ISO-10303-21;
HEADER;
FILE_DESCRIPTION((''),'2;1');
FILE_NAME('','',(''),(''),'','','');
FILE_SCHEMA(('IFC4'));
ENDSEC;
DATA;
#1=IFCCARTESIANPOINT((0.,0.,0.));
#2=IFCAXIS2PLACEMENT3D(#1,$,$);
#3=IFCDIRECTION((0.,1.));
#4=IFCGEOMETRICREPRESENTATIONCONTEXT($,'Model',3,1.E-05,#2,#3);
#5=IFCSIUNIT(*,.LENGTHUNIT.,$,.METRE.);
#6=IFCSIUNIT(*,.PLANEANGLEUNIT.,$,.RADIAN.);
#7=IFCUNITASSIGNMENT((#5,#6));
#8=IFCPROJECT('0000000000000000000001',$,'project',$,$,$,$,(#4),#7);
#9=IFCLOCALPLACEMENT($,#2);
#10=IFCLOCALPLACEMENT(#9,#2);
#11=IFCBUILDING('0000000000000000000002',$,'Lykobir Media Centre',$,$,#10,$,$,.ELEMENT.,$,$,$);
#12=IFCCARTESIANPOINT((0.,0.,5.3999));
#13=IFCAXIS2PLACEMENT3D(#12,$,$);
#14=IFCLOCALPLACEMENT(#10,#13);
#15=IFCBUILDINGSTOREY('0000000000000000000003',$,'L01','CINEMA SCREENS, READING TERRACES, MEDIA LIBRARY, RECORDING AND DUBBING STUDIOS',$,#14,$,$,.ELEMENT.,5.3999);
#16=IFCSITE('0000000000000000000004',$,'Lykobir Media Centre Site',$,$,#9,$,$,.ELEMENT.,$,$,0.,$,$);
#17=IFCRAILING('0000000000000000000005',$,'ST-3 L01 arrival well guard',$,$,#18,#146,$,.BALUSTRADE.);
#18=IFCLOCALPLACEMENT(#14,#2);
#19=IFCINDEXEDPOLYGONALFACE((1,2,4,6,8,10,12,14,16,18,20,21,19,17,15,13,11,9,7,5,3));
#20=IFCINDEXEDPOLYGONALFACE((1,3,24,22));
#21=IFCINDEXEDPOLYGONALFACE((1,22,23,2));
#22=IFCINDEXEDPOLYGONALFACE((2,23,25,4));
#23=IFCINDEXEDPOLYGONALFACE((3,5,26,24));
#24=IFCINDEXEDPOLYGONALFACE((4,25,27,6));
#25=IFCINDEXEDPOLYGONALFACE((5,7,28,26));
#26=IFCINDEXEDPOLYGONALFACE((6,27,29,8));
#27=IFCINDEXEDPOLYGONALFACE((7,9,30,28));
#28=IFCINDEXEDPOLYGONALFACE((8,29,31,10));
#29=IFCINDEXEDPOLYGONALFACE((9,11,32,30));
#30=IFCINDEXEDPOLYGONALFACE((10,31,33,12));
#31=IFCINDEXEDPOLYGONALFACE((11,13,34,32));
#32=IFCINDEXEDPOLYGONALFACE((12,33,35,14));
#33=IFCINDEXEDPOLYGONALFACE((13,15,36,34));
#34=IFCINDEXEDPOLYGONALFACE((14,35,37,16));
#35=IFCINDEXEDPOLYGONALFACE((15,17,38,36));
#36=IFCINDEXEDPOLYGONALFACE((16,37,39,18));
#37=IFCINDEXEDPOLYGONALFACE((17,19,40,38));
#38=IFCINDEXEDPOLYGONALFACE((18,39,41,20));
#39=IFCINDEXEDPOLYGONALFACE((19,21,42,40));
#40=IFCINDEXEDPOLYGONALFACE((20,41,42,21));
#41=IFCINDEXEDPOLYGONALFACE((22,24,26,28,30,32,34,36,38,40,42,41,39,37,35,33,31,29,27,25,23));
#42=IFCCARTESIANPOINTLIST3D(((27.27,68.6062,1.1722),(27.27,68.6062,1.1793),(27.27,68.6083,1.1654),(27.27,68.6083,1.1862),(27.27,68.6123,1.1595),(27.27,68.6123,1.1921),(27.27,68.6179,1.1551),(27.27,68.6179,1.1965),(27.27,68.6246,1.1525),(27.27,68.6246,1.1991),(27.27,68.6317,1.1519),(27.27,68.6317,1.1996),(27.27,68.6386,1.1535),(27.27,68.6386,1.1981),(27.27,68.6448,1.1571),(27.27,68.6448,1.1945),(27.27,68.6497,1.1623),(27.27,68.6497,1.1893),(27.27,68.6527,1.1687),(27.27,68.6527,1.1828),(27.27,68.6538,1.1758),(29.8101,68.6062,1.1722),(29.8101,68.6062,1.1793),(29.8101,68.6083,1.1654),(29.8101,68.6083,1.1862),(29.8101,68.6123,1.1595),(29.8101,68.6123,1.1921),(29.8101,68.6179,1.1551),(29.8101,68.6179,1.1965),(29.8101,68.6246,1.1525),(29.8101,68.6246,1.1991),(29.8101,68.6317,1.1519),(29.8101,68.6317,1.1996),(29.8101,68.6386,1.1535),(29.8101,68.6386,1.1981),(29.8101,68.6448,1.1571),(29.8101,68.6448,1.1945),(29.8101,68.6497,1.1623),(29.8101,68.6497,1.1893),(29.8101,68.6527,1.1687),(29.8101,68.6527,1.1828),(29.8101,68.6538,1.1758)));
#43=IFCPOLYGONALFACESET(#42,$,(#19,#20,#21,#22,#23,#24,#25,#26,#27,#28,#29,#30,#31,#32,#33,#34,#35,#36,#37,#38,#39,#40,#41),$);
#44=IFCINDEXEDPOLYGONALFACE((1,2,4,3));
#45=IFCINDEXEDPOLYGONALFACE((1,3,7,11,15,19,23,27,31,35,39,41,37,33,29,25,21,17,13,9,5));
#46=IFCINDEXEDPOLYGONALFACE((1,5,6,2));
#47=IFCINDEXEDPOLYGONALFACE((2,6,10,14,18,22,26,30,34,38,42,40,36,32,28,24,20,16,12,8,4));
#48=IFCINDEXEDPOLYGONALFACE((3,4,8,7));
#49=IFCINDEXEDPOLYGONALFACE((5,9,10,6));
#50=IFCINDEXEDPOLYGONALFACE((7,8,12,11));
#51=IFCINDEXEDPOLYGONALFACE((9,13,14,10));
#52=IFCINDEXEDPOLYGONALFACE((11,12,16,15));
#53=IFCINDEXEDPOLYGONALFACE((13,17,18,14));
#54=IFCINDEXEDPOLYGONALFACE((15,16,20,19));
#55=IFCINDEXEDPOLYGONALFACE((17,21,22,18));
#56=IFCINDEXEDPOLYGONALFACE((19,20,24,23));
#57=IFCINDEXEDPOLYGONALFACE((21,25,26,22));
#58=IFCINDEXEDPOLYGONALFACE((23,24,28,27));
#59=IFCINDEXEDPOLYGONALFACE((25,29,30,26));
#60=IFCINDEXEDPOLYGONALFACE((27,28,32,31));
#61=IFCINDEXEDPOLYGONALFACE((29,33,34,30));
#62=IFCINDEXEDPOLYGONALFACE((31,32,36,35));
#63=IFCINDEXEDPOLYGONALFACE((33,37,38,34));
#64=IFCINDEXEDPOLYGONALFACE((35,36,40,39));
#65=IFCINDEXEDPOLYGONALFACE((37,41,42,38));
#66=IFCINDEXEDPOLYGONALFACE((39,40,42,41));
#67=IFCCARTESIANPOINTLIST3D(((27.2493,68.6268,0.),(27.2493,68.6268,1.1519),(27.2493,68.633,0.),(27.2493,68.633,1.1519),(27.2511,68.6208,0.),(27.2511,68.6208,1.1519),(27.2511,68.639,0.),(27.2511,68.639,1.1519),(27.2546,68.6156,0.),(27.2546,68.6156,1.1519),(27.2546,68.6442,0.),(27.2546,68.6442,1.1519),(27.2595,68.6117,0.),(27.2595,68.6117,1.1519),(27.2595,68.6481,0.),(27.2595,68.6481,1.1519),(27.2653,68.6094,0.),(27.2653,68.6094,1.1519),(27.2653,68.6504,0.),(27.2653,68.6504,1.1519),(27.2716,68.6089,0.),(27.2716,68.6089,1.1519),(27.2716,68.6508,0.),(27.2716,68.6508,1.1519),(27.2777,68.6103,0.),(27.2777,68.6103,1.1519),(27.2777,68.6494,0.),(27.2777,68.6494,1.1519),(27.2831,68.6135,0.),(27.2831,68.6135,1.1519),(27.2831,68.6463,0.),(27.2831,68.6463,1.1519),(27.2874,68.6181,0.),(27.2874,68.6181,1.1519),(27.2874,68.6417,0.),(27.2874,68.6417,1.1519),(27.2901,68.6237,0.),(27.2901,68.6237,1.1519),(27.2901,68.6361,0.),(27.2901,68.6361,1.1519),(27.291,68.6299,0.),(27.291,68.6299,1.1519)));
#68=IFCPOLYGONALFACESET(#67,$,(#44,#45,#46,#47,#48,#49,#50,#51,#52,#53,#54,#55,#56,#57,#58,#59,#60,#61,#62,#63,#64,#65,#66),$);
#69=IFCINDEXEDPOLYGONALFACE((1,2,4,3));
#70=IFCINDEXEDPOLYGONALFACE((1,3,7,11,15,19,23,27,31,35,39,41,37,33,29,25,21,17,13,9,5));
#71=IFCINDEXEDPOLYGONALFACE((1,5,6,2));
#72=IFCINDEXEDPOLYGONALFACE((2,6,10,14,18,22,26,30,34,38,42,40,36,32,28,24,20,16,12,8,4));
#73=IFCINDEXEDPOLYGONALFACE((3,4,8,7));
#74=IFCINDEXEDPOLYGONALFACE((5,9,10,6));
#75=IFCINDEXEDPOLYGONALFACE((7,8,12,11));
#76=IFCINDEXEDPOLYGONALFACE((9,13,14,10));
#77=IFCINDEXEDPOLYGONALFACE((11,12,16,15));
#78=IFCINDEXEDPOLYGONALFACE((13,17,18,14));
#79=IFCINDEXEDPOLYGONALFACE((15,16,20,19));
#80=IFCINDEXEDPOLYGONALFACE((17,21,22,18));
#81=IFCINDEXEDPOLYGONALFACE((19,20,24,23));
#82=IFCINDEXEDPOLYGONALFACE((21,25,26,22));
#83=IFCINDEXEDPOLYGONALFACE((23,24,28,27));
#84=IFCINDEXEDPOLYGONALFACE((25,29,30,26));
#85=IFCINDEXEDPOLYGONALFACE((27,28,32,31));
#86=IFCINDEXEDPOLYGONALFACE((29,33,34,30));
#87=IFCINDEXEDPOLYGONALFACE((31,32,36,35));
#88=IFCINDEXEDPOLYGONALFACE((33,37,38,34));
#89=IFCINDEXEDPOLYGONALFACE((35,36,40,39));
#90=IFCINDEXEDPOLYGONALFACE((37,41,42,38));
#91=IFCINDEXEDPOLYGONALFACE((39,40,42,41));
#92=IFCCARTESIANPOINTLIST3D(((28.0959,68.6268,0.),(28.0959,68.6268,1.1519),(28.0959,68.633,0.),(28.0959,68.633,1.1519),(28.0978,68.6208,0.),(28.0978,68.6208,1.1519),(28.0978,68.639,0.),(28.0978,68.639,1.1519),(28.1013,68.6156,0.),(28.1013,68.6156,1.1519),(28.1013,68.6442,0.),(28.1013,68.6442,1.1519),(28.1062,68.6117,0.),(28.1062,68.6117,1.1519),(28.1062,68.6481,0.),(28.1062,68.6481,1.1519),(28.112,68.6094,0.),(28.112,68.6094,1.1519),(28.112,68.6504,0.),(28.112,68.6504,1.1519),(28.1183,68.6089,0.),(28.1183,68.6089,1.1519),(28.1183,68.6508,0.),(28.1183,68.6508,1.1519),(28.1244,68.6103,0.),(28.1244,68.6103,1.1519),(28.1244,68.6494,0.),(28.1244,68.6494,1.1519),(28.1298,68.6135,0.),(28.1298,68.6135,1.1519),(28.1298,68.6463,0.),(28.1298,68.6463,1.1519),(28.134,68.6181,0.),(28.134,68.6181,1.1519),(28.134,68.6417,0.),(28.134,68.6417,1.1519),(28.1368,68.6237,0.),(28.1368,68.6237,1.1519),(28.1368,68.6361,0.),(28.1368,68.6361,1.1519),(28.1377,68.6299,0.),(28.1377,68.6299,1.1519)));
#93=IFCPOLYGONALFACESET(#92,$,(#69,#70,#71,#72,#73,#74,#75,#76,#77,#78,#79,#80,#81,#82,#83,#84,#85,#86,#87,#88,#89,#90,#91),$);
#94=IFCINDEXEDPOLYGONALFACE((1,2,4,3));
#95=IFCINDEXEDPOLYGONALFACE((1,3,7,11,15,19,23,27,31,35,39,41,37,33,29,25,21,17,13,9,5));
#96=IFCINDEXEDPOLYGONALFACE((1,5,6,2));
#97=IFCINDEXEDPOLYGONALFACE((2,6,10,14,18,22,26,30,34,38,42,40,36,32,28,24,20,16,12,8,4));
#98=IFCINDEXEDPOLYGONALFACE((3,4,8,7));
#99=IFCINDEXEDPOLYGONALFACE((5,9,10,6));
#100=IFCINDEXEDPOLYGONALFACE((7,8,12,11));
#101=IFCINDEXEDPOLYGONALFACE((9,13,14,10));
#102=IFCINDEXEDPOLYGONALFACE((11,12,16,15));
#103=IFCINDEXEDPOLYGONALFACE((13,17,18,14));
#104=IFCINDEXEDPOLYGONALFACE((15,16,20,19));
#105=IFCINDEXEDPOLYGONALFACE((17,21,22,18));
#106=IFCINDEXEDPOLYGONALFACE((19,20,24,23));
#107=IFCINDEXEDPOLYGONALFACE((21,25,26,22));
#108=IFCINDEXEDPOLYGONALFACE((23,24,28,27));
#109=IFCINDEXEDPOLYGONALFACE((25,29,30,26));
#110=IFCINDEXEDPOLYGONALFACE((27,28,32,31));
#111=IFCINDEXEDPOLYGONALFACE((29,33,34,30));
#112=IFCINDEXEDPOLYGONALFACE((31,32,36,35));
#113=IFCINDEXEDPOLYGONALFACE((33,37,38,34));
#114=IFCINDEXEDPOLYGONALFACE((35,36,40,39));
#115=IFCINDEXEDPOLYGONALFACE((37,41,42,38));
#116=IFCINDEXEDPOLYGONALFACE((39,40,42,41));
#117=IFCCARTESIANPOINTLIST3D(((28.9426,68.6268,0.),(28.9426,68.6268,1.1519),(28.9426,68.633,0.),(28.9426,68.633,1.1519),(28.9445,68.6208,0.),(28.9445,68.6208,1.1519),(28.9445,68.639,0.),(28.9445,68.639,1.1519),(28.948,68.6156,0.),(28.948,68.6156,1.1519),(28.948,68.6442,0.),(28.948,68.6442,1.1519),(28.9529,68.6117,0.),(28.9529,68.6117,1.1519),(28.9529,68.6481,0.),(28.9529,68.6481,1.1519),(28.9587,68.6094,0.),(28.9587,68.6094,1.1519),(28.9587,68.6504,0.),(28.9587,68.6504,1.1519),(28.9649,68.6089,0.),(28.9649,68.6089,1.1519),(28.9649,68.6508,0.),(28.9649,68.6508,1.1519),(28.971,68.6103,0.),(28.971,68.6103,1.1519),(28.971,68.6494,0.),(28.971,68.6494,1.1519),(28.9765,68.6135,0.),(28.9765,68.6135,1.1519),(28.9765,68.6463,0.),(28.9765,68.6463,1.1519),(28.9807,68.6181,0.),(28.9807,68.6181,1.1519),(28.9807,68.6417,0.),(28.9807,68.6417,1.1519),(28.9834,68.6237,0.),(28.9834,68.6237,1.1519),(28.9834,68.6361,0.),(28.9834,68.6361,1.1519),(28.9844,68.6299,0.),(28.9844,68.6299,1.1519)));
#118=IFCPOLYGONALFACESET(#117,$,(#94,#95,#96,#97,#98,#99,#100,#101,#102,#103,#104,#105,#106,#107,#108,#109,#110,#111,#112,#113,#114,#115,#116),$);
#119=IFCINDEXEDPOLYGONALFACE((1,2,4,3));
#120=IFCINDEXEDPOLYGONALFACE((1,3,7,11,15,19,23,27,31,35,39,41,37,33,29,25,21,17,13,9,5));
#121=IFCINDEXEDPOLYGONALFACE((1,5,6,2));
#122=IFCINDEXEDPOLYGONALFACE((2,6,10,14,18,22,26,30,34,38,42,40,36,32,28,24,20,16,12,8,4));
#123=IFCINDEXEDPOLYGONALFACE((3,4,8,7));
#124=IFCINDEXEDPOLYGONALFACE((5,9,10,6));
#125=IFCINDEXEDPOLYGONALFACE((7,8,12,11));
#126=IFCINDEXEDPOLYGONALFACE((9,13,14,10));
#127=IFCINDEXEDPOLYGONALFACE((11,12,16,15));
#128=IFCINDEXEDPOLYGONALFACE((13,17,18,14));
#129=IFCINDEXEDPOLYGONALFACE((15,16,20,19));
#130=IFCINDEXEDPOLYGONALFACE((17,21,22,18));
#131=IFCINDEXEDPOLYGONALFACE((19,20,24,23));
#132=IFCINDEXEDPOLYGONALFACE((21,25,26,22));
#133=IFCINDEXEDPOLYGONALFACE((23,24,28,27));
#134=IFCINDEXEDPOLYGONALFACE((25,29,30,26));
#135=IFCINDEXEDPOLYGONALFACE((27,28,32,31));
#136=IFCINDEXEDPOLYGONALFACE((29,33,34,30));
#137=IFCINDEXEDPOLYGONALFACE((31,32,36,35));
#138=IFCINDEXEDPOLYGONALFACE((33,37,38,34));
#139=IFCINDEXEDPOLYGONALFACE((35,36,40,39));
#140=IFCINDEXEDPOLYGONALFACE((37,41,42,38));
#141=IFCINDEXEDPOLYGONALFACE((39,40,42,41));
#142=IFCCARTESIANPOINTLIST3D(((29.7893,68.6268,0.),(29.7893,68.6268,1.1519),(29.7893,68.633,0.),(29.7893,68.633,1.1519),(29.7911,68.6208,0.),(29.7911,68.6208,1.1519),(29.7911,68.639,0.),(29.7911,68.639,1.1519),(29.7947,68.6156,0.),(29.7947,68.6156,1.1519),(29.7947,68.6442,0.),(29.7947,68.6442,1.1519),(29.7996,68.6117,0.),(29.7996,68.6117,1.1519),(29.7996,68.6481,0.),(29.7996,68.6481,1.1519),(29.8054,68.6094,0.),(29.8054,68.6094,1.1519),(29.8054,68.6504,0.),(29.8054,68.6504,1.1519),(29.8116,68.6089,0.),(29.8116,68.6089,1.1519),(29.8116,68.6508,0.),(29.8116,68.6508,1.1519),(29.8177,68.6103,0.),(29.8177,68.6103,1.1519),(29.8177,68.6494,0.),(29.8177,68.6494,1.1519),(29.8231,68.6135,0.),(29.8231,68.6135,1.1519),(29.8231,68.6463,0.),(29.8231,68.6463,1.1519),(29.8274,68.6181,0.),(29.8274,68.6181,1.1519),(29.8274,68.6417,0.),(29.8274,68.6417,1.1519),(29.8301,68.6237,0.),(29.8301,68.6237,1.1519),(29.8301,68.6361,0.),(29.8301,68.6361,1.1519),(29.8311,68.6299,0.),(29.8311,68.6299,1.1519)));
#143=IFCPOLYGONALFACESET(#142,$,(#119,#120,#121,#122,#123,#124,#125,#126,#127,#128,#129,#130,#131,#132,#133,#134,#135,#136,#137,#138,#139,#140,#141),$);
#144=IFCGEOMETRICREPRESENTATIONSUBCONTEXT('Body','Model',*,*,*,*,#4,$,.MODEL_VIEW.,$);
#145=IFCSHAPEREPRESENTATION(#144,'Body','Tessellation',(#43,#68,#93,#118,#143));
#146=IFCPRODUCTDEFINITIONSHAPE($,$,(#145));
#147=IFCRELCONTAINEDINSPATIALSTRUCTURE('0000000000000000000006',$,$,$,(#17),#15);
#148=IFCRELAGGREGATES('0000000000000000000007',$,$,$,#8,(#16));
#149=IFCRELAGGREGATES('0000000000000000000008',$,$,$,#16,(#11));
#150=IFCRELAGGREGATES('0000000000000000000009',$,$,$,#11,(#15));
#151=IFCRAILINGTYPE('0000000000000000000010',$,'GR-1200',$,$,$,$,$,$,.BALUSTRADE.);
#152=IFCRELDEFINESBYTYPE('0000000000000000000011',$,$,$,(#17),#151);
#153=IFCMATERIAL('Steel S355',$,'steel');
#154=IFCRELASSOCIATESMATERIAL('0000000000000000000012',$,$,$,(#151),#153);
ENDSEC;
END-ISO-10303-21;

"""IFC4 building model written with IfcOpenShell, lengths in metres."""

from ifc_helpers import new_model, si_unit, direction, frame, origin, origin_2d, place, context, subcontext, project, spatial, circle, extrude, material, type_object, element, save


model = new_model("IFC4")

# Units and contexts
model_context = context("Model", 3, precision=1e-05, world=origin(), true_north=direction((0.0, 1.0)))
body_context = subcontext(model_context, "Body", "Model", "MODEL_VIEW")
ifc_project = project(units=[si_unit("LENGTHUNIT", "METRE"), si_unit("PLANEANGLEUNIT", "RADIAN")], contexts=[model_context])

# Site, building, storey
site_placement = place(None, origin())
site = spatial("IfcSite", under=ifc_project, at=site_placement, Name="Lykobir Media Centre Site", CompositionType="ELEMENT", RefElevation=0.0)
building_placement = place(site_placement, origin())
building = spatial("IfcBuilding", under=site, at=building_placement, Name="Lykobir Media Centre", CompositionType="ELEMENT")
storey_placement = place(building_placement, frame((0.0, 0.0, 5.3999)))
storey = spatial("IfcBuildingStorey", under=building, at=storey_placement, Name="L01", Description="CINEMA SCREENS, READING TERRACES, MEDIA LIBRARY, RECORDING AND DUBBING STUDIOS", CompositionType="ELEMENT", Elevation=5.3999)

# Shared definitions
ifc_material_1 = material(Name="Steel S355", Category="steel")

# Railing
railing_type_1 = type_object("IfcRailingType", Name="GR-1200", PredefinedType="BALUSTRADE", material=ifc_material_1)
railing_1_placement = place(storey_placement, frame((27.27, 68.6299, 0.0)))
element("IfcRailing", 1, at=railing_1_placement, inside=storey, type_object=railing_type_1, Name="ST-3 L01 arrival well guard", PredefinedType="BALUSTRADE", context=body_context, shape_type="SweptSolid", body=[
    extrude(circle(Radius=0.0239, at=origin_2d()), frame((0.0, 0.0, 1.1758), z_axis=(1.0, 0.0, 0.0), x_axis=(0.0, 1.0, 0.0)), (0.0, 0.0, 1.0), 2.54),
    extrude(circle(Radius=0.021, at=origin_2d()), origin(), (0.0, 0.0, 1.0), 1.1519),
    extrude(circle(Radius=0.021, at=origin_2d()), frame((0.8467, 0.0, 0.0)), (0.0, 0.0, 1.0), 1.1519),
    extrude(circle(Radius=0.021, at=origin_2d()), frame((1.6934, 0.0, 0.0)), (0.0, 0.0, 1.0), 1.1519),
    extrude(circle(Radius=0.021, at=origin_2d()), frame((2.54, 0.0, 0.0)), (0.0, 0.0, 1.0), 1.1519),
])

save(model, "model.ifc")
